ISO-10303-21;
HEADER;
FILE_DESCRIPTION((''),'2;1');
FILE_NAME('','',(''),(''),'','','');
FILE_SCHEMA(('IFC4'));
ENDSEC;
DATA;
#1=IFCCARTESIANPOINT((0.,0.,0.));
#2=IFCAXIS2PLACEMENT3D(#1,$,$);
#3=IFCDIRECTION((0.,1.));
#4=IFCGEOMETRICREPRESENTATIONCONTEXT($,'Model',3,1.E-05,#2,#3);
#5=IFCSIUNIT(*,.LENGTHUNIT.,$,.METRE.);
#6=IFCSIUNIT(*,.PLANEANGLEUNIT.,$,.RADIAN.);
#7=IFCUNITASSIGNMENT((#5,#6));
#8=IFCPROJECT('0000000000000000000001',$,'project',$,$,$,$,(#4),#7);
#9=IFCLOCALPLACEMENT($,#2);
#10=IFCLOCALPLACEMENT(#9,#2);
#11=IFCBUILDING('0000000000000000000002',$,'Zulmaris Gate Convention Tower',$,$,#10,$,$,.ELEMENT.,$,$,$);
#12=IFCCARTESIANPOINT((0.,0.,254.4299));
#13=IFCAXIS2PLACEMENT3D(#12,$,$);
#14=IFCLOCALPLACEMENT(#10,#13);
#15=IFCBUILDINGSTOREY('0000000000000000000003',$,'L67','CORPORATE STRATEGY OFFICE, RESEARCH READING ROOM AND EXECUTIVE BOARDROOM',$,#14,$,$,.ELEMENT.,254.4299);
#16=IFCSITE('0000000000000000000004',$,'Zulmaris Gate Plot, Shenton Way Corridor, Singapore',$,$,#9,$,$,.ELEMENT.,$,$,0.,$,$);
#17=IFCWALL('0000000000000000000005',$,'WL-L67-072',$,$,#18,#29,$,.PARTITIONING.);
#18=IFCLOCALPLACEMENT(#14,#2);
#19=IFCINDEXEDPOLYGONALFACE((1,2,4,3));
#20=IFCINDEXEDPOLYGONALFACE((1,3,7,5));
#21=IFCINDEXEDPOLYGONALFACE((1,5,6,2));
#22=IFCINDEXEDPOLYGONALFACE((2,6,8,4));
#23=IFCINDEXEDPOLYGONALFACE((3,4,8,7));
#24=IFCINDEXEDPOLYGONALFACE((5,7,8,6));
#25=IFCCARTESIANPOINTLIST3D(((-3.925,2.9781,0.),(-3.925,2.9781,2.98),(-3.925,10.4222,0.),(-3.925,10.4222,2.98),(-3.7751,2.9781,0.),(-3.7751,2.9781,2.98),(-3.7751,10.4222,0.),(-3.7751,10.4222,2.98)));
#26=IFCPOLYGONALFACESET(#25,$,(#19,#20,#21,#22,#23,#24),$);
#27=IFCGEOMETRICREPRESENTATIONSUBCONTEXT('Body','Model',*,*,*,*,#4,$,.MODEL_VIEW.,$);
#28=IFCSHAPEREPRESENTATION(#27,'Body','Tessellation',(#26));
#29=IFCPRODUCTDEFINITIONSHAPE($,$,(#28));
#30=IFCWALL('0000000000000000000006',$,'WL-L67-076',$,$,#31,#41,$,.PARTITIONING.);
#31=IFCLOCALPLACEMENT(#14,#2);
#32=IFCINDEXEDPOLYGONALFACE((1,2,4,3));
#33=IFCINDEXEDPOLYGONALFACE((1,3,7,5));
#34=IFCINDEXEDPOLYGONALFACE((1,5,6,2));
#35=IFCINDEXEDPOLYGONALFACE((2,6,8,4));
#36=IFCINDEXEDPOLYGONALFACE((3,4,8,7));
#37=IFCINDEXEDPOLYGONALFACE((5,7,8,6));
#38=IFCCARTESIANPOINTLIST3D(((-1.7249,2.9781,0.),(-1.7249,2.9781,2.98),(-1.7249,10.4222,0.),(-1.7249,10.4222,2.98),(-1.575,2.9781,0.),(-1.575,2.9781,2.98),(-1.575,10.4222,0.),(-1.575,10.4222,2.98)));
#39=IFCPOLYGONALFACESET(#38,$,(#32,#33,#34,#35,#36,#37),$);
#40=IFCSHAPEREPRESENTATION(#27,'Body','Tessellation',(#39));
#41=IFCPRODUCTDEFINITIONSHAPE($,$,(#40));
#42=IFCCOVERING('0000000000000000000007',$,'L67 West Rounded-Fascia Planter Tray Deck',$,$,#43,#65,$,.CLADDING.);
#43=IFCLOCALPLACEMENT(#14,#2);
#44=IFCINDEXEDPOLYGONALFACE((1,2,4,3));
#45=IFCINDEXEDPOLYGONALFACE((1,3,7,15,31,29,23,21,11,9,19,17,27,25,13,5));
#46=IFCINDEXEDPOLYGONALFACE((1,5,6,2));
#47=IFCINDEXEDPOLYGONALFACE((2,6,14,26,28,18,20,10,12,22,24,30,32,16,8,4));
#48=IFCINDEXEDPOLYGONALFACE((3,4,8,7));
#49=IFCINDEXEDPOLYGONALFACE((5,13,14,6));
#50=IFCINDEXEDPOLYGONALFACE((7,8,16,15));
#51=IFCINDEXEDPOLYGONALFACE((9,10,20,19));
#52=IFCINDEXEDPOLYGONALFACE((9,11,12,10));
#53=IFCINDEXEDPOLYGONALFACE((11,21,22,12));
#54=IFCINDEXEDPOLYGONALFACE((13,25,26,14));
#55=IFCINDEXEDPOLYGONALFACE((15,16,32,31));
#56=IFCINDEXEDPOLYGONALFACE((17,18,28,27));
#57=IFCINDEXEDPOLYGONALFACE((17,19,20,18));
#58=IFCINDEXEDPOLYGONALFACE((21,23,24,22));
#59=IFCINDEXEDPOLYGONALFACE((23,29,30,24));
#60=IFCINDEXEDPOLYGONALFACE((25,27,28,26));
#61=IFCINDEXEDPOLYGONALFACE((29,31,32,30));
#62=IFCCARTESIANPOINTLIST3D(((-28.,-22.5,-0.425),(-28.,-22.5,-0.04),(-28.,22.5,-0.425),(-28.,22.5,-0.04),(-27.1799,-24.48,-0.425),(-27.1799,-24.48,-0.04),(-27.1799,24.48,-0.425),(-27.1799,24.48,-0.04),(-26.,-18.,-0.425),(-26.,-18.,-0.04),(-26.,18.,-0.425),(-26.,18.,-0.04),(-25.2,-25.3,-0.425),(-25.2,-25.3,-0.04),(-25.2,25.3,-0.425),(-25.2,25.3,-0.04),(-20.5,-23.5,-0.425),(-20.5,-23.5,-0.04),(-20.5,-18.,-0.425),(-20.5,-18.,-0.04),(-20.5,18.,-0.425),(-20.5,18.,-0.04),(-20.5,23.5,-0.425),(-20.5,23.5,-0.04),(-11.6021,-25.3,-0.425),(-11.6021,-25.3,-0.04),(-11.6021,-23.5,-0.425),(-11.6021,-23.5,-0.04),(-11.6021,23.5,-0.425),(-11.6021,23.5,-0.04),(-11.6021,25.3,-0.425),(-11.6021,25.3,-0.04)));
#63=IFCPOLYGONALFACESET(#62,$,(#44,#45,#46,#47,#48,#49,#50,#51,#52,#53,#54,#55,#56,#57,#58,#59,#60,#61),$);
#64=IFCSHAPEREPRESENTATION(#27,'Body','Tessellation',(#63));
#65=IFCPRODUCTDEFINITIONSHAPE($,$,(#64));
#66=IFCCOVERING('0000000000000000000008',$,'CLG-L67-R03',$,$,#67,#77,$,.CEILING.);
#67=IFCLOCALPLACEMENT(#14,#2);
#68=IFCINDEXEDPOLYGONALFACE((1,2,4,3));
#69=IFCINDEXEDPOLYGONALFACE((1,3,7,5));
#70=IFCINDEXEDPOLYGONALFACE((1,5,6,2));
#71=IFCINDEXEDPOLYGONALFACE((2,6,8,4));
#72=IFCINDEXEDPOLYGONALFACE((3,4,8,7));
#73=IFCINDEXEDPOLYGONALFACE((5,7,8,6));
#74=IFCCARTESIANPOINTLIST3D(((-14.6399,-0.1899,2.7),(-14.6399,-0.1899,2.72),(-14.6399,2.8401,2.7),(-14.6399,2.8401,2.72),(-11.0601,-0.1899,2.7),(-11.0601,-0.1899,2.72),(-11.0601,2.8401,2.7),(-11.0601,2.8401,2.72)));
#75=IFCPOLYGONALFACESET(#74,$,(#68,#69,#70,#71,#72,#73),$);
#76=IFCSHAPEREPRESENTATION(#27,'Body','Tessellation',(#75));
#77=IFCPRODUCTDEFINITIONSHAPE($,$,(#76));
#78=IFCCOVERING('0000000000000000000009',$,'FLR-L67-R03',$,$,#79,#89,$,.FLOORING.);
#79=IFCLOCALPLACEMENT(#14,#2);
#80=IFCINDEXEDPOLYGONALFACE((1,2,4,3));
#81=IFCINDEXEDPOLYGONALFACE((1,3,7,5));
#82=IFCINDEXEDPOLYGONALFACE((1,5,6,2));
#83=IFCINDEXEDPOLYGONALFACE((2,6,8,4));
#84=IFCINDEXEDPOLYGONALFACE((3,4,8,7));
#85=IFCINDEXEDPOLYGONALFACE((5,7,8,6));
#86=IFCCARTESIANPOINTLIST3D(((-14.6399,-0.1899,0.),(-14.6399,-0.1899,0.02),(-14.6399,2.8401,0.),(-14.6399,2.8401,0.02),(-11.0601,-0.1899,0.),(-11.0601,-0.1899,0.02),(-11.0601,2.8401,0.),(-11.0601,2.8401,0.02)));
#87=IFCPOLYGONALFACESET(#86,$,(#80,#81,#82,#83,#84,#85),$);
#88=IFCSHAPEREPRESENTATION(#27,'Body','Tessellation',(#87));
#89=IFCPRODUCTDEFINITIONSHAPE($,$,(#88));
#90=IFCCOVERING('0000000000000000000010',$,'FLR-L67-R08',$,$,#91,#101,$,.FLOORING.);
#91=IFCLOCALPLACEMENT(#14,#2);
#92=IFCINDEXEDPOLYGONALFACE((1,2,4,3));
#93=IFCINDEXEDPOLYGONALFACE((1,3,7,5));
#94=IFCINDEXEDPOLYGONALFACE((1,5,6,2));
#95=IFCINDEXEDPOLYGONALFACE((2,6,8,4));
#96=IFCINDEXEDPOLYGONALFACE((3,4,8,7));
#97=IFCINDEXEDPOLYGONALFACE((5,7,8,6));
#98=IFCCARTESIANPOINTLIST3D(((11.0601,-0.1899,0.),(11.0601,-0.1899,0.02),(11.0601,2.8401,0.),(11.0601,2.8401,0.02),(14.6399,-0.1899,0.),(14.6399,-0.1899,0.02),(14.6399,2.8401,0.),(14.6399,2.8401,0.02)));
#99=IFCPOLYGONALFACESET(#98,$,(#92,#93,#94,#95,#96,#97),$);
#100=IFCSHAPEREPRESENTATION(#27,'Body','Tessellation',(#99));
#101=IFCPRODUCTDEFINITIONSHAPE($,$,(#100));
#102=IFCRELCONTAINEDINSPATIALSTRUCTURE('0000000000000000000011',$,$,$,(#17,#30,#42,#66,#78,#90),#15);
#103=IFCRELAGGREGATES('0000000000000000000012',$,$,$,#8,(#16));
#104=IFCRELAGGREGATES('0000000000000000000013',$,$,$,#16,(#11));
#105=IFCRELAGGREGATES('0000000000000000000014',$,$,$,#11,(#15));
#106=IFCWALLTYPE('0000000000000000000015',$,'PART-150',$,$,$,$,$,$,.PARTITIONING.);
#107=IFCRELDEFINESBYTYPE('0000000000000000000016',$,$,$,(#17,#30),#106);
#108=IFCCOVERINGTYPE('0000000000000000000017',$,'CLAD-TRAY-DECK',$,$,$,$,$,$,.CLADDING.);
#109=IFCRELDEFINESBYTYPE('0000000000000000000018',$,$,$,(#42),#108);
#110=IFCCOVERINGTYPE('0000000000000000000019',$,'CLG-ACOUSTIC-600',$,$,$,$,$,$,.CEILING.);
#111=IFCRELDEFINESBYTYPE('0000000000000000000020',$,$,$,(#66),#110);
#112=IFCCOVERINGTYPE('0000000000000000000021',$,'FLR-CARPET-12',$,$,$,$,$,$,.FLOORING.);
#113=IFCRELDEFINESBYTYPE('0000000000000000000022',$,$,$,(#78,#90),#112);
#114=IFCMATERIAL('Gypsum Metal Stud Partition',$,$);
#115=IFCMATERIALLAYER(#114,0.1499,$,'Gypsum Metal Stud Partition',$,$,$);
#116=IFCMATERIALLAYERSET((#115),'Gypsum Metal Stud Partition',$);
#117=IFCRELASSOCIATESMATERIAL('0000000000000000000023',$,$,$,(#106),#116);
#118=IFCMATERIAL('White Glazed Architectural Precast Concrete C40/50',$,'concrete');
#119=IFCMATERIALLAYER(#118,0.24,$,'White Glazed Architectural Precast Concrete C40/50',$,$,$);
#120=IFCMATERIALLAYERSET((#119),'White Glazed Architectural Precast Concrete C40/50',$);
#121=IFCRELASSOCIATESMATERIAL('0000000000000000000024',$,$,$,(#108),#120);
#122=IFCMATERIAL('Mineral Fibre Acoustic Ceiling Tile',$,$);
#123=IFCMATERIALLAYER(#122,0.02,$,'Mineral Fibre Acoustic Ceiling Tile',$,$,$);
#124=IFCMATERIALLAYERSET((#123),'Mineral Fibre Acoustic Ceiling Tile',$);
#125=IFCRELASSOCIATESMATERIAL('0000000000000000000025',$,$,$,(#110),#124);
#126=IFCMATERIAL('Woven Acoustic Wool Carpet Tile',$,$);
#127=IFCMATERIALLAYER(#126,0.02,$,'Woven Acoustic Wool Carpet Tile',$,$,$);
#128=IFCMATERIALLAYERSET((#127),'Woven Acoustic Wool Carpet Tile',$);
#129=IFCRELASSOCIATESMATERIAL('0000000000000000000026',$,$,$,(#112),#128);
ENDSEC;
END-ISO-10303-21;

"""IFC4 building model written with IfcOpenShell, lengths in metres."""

from ifc_helpers import new_model, si_unit, direction, frame, frame_2d, origin, place, context, subcontext, project, spatial, polyline, rectangle, outline, extrude, material, layer, layer_set, type_object, element, save


model = new_model("IFC4")

# Units and contexts
model_context = context("Model", 3, precision=1e-05, world=origin(), true_north=direction((0.0, 1.0)))
body_context = subcontext(model_context, "Body", "Model", "MODEL_VIEW")
ifc_project = project(units=[si_unit("LENGTHUNIT", "METRE"), si_unit("PLANEANGLEUNIT", "RADIAN")], contexts=[model_context])

# Site, building, storey
site_placement = place(None, origin())
site = spatial("IfcSite", under=ifc_project, at=site_placement, Name="Zulmaris Gate Plot, Shenton Way Corridor, Singapore", CompositionType="ELEMENT", RefElevation=0.0)
building_placement = place(site_placement, origin())
building = spatial("IfcBuilding", under=site, at=building_placement, Name="Zulmaris Gate Convention Tower", CompositionType="ELEMENT")
storey_placement = place(building_placement, frame((0.0, 0.0, 254.4299)))
storey = spatial("IfcBuildingStorey", under=building, at=storey_placement, Name="L67", Description="CORPORATE STRATEGY OFFICE, RESEARCH READING ROOM AND EXECUTIVE BOARDROOM", CompositionType="ELEMENT", Elevation=254.4299)

# Shared definitions
ifc_material_1 = material(Name="Gypsum Metal Stud Partition")
ifc_layer_1 = layer(ifc_material_1, 0.1499, Name="Gypsum Metal Stud Partition")
ifc_layer_set_1 = layer_set([ifc_layer_1], Name="Gypsum Metal Stud Partition")
wall_type_1 = type_object("IfcWallType", Name="PART-150", PredefinedType="PARTITIONING", material=ifc_layer_set_1)

# Walls
for number, where, z_axis, x_axis, name in (
    (1, (-3.8501, 2.978, 0.0), (0.0, 0.0, 1.0), (0.0, 1.0, 0.0), "WL-L67-072"),
    (2, (-1.6499, 2.978, 0.0), (0.0, 0.0, 1.0), (0.0, 1.0, 0.0), "WL-L67-076"),
):
    element("IfcWall", number, at=place(storey_placement, frame(where, z_axis=z_axis, x_axis=x_axis)), inside=storey, type_object=wall_type_1, Name=name, PredefinedType="PARTITIONING", context=body_context, shape_type="SweptSolid", body=[
        extrude(rectangle(XDim=7.4441, YDim=0.1499, at=frame_2d((3.7222, 0.0))), origin(), (0.0, 0.0, 1.0), 2.98),
    ])

# Coverings
ifc_material_2 = material(Name="White Glazed Architectural Precast Concrete C40/50", Category="concrete")
ifc_layer_2 = layer(ifc_material_2, 0.24, Name="White Glazed Architectural Precast Concrete C40/50")
ifc_layer_set_2 = layer_set([ifc_layer_2], Name="White Glazed Architectural Precast Concrete C40/50")
covering_type_1 = type_object("IfcCoveringType", Name="CLAD-TRAY-DECK", PredefinedType="CLADDING", material=ifc_layer_set_2)
covering_1_placement = place(storey_placement, frame((0.0, 0.0, -0.425)))
element("IfcCovering", 3, at=covering_1_placement, inside=storey, type_object=covering_type_1, Name="L67 West Rounded-Fascia Planter Tray Deck", PredefinedType="CLADDING", context=body_context, shape_type="SweptSolid", body=[
    extrude(outline(polyline([(-28.0, 22.5), (-27.1799, 24.48), (-25.2, 25.3), (-11.6021, 25.3), (-11.6021, 23.5), (-20.5, 23.5), (-20.5, 18.0), (-26.0, 18.0), (-26.0, -18.0), (-20.5, -18.0), (-20.5, -23.5), (-11.6021, -23.5), (-11.6021, -25.3), (-25.2, -25.3), (-27.1799, -24.48), (-28.0, -22.5), (-28.0, 22.5)])), origin(), (0.0, 0.0, 1.0), 0.385),
])
ifc_material_3 = material(Name="Mineral Fibre Acoustic Ceiling Tile")
ifc_layer_3 = layer(ifc_material_3, 0.02, Name="Mineral Fibre Acoustic Ceiling Tile")
ifc_layer_set_3 = layer_set([ifc_layer_3], Name="Mineral Fibre Acoustic Ceiling Tile")
covering_type_2 = type_object("IfcCoveringType", Name="CLG-ACOUSTIC-600", PredefinedType="CEILING", material=ifc_layer_set_3)
covering_2_placement = place(storey_placement, frame((0.0, 0.0, 2.7)))
element("IfcCovering", 4, at=covering_2_placement, inside=storey, type_object=covering_type_2, Name="CLG-L67-R03", PredefinedType="CEILING", context=body_context, shape_type="SweptSolid", body=[
    extrude(outline(polyline([(-14.6399, -0.1899), (-11.0601, -0.1899), (-11.0601, 2.8401), (-14.6399, 2.8401), (-14.6399, -0.1899)])), origin(), (0.0, 0.0, 1.0), 0.02),
])
ifc_material_4 = material(Name="Woven Acoustic Wool Carpet Tile")
ifc_layer_4 = layer(ifc_material_4, 0.02, Name="Woven Acoustic Wool Carpet Tile")
ifc_layer_set_4 = layer_set([ifc_layer_4], Name="Woven Acoustic Wool Carpet Tile")
covering_type_3 = type_object("IfcCoveringType", Name="FLR-CARPET-12", PredefinedType="FLOORING", material=ifc_layer_set_4)
covering_3_placement = place(storey_placement, origin())
element("IfcCovering", 5, at=covering_3_placement, inside=storey, type_object=covering_type_3, Name="FLR-L67-R03", PredefinedType="FLOORING", context=body_context, shape_type="SweptSolid", body=[
    extrude(outline(polyline([(-14.6399, -0.1899), (-11.0601, -0.1899), (-11.0601, 2.8401), (-14.6399, 2.8401), (-14.6399, -0.1899)])), origin(), (0.0, 0.0, 1.0), 0.02),
])
covering_4_placement = place(storey_placement, origin())
element("IfcCovering", 6, at=covering_4_placement, inside=storey, type_object=covering_type_3, Name="FLR-L67-R08", PredefinedType="FLOORING", context=body_context, shape_type="SweptSolid", body=[
    extrude(outline(polyline([(11.0601, -0.1899), (14.6399, -0.1899), (14.6399, 2.8401), (11.0601, 2.8401), (11.0601, -0.1899)])), origin(), (0.0, 0.0, 1.0), 0.02),
])

save(model, "model.ifc")
